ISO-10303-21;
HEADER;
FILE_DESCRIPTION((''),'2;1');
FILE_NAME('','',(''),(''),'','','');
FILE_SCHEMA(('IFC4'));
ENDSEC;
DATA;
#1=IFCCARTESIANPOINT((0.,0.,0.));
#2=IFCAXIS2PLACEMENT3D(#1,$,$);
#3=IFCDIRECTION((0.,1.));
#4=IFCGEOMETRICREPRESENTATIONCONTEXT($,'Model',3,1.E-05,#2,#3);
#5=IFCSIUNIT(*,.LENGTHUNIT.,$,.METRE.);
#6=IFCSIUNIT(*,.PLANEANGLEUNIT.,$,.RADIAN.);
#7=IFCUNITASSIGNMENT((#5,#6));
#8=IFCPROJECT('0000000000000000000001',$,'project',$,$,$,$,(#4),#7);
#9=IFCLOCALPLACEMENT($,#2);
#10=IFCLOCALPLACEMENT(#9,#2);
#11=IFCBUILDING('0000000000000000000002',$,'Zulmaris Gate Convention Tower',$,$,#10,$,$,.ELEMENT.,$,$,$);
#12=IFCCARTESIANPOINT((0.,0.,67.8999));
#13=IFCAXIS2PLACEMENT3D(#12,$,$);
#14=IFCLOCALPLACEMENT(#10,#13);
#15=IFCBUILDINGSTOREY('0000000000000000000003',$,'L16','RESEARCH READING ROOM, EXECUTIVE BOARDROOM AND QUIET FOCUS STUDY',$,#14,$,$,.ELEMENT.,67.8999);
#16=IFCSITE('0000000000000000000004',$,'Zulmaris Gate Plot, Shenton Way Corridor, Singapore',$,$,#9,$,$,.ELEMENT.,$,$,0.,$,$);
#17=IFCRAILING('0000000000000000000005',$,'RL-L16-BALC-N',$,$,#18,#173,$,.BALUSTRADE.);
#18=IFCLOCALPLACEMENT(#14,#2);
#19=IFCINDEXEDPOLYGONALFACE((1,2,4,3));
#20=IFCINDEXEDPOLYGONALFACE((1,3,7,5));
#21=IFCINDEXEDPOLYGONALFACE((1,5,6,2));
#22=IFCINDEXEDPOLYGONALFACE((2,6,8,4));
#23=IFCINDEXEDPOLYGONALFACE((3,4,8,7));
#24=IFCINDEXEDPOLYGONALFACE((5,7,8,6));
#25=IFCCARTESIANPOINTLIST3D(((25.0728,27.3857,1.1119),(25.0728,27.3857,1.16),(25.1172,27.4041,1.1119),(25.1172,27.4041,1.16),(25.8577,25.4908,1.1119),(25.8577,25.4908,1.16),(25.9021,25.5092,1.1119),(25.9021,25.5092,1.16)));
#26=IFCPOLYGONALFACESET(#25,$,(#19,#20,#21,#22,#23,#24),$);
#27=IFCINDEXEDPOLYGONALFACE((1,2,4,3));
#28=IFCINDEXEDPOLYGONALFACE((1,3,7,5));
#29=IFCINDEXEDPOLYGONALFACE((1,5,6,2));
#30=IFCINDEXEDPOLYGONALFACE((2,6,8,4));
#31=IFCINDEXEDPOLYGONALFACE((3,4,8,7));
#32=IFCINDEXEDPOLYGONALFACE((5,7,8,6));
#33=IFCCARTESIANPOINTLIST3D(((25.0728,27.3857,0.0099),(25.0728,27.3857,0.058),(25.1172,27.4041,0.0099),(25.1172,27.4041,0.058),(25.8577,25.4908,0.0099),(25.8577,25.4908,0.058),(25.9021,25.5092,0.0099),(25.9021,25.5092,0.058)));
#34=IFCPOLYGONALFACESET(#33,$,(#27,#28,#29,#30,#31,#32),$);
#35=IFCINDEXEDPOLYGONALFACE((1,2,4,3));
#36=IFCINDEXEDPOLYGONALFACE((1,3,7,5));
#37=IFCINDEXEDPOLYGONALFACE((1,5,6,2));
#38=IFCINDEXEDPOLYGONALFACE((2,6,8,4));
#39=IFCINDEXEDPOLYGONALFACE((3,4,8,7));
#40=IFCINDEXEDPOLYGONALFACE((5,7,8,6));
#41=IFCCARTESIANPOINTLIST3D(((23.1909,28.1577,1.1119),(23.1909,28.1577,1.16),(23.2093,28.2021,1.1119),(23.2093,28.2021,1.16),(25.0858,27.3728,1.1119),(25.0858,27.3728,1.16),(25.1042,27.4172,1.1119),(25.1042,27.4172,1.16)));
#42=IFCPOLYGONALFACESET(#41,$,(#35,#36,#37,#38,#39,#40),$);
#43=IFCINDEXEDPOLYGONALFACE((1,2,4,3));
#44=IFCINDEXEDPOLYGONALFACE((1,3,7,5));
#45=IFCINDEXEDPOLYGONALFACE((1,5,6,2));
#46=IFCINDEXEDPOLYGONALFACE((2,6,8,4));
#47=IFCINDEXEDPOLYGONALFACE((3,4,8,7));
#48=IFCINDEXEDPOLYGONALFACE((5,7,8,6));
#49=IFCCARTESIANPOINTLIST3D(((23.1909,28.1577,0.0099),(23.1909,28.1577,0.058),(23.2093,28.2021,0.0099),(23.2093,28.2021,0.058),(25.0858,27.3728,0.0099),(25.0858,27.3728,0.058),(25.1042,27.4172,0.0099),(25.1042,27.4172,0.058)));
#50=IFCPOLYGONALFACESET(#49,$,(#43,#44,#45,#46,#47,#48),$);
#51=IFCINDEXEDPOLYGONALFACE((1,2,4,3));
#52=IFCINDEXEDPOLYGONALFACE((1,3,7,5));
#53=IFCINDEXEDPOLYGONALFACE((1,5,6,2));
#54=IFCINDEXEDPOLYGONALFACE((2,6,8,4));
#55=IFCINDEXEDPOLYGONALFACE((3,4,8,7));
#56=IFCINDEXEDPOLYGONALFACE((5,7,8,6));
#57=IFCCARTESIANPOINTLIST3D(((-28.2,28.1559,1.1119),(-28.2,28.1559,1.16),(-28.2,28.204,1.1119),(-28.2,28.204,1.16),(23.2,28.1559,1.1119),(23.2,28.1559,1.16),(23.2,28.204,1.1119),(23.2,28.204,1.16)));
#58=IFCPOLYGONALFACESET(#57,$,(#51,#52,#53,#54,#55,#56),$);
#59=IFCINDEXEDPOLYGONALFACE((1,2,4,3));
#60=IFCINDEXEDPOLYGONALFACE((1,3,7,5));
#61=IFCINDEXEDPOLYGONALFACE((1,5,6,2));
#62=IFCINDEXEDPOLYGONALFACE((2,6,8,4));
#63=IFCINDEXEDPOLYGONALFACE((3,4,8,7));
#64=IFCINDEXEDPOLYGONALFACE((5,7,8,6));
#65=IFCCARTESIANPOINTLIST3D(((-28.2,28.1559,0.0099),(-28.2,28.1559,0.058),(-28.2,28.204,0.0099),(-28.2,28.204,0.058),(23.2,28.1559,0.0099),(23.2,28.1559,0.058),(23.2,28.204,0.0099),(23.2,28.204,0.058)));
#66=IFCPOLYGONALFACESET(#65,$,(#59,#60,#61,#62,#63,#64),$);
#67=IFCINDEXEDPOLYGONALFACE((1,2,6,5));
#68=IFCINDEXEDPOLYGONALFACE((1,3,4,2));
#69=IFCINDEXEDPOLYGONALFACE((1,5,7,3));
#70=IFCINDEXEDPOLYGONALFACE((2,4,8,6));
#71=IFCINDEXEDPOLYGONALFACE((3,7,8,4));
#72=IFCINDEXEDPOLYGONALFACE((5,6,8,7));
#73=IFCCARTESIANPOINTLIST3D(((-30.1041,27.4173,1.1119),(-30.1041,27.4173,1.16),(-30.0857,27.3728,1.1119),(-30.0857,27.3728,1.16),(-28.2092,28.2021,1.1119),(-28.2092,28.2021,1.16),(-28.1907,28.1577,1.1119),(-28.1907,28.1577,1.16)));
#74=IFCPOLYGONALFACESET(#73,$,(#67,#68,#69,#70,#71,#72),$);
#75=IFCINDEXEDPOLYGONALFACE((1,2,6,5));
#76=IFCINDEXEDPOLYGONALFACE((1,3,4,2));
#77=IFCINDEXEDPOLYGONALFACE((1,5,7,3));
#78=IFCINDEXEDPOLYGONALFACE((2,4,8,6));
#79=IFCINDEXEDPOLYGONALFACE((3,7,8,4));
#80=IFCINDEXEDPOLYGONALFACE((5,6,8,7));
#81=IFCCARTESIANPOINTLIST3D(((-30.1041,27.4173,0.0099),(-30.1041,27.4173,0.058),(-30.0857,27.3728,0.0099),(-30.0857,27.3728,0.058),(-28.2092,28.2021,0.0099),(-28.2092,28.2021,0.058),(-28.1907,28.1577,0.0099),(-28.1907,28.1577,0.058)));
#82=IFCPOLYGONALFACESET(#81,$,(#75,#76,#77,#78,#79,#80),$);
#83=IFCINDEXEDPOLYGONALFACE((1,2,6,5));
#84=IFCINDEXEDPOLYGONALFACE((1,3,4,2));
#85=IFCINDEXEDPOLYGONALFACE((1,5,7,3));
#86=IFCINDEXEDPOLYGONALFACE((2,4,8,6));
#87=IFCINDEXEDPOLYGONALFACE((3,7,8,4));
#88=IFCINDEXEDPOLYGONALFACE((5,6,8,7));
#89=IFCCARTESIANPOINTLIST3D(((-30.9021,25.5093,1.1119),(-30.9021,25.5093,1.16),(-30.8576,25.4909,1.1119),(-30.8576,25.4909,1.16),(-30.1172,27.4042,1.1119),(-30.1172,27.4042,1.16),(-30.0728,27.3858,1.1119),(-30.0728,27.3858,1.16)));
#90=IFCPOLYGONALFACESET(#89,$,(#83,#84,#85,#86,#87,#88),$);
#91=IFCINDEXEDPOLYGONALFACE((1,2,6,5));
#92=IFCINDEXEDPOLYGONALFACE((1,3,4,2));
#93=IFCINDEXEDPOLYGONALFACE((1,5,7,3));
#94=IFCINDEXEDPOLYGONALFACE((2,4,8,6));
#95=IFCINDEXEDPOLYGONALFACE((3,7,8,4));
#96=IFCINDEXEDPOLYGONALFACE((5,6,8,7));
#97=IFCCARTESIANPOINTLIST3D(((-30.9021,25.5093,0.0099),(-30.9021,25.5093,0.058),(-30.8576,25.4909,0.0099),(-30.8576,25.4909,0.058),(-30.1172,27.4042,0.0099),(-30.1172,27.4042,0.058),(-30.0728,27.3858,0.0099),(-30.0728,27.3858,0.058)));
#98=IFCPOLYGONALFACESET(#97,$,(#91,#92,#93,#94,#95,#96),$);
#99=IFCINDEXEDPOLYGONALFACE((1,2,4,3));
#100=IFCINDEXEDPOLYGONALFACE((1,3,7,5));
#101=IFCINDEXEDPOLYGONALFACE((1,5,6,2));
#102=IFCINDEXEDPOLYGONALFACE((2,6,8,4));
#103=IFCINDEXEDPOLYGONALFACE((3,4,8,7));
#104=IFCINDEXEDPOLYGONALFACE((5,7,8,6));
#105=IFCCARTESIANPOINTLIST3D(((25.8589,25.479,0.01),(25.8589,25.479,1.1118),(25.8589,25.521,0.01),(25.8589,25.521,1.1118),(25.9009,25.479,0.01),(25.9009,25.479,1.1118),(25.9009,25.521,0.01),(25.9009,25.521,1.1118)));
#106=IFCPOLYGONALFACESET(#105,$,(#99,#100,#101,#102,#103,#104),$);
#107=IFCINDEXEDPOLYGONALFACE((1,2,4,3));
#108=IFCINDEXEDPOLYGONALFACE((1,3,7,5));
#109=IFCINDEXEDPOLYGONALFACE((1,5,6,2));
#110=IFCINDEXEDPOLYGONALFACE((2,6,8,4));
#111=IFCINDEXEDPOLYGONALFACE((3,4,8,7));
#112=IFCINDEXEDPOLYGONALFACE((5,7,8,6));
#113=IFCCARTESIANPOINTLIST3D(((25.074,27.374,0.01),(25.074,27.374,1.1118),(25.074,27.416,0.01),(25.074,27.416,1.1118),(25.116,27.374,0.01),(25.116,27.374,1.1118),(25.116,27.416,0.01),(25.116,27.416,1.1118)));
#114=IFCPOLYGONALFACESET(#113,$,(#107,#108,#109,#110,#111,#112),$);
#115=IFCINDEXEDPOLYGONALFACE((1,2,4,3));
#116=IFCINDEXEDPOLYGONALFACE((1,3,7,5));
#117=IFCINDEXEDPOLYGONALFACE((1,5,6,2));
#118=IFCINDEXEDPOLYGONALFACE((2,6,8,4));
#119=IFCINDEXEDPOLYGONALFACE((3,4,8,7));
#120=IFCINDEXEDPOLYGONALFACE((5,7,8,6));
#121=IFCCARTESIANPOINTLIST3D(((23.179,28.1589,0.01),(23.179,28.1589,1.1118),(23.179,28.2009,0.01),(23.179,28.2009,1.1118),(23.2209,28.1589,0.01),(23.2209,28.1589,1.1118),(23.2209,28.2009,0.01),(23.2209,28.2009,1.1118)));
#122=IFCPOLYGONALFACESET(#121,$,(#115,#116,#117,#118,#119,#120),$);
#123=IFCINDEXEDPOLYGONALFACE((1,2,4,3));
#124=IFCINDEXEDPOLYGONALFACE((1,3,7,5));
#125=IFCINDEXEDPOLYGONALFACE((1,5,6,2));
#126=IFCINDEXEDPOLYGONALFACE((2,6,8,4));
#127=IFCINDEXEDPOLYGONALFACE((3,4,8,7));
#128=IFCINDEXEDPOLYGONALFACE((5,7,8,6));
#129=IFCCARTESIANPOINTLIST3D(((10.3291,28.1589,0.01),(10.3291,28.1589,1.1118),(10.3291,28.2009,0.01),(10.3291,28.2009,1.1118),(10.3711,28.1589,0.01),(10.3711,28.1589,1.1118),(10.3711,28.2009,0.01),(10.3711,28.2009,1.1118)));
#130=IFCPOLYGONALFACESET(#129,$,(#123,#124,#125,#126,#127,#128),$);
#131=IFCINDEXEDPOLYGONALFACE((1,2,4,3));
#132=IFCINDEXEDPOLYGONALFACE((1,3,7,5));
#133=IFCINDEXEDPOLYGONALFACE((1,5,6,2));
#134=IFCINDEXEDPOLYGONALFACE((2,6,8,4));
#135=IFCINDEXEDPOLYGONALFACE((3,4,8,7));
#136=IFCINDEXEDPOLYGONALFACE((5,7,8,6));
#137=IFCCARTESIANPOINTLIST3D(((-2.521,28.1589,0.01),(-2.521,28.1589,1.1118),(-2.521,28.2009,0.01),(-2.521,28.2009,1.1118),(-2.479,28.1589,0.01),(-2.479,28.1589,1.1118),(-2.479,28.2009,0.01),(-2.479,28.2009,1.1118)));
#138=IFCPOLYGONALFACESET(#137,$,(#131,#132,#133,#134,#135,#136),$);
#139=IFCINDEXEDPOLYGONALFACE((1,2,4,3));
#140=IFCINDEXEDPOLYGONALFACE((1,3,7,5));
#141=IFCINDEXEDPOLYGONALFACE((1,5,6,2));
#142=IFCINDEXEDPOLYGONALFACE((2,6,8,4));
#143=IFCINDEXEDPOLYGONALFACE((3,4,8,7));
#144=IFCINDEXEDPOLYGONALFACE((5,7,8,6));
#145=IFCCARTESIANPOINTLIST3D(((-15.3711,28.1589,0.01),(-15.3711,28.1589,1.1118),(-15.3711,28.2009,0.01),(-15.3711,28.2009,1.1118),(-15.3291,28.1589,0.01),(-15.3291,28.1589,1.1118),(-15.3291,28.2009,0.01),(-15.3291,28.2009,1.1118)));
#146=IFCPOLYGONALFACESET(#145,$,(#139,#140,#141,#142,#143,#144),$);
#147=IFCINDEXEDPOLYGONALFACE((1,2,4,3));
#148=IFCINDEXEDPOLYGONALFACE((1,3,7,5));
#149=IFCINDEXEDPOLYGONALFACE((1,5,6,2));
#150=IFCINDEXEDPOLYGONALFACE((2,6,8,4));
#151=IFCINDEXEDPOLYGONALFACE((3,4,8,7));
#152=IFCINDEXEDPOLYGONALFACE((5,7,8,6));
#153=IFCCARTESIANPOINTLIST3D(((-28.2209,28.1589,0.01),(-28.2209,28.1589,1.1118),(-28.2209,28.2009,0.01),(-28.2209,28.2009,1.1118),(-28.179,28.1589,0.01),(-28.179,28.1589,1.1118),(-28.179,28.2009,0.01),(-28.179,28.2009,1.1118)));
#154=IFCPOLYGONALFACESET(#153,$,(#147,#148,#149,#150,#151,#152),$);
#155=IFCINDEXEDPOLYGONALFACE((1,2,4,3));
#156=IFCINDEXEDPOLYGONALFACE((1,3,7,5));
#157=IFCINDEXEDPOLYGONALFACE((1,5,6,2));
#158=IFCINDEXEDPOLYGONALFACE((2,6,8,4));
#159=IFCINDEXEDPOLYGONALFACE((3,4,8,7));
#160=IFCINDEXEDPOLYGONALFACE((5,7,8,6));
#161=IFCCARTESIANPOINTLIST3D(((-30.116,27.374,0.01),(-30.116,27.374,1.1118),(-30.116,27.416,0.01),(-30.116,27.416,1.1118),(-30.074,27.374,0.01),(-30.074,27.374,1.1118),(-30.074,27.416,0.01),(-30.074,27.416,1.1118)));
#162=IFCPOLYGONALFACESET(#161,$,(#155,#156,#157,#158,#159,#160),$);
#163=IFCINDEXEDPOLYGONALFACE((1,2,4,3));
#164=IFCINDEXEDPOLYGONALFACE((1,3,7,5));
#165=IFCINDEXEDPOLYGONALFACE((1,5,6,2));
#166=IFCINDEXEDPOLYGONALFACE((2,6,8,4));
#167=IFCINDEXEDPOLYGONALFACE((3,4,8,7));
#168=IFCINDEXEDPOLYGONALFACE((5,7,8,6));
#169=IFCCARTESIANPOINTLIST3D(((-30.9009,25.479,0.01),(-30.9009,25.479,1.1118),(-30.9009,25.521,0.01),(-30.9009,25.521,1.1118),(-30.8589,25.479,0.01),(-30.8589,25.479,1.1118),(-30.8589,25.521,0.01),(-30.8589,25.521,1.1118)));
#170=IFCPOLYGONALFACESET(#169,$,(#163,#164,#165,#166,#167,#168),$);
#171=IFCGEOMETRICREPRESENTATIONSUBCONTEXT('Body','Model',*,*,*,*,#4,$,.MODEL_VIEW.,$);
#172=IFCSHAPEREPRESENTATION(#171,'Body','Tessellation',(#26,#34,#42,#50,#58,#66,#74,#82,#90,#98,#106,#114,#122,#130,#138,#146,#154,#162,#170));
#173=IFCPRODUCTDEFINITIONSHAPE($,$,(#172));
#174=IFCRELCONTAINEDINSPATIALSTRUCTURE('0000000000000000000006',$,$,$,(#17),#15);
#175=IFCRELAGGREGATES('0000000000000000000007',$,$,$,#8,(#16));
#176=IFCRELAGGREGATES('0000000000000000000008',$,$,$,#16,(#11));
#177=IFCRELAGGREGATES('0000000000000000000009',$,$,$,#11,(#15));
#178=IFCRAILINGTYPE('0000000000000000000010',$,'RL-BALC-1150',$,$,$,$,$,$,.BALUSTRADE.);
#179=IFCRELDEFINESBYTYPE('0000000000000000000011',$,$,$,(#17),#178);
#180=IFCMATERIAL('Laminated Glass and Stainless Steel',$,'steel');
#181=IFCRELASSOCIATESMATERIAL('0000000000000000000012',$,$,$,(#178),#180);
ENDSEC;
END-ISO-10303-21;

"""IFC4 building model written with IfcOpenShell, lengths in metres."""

from ifc_helpers import new_model, si_unit, direction, frame, origin, origin_2d, place, context, subcontext, project, spatial, rectangle, extrude, material, type_object, element, save


model = new_model("IFC4")

# Units and contexts
model_context = context("Model", 3, precision=1e-05, world=origin(), true_north=direction((0.0, 1.0)))
body_context = subcontext(model_context, "Body", "Model", "MODEL_VIEW")
ifc_project = project(units=[si_unit("LENGTHUNIT", "METRE"), si_unit("PLANEANGLEUNIT", "RADIAN")], contexts=[model_context])

# Site, building, storey
site_placement = place(None, origin())
site = spatial("IfcSite", under=ifc_project, at=site_placement, Name="Zulmaris Gate Plot, Shenton Way Corridor, Singapore", CompositionType="ELEMENT", RefElevation=0.0)
building_placement = place(site_placement, origin())
building = spatial("IfcBuilding", under=site, at=building_placement, Name="Zulmaris Gate Convention Tower", CompositionType="ELEMENT")
storey_placement = place(building_placement, frame((0.0, 0.0, 67.8999)))
storey = spatial("IfcBuildingStorey", under=building, at=storey_placement, Name="L16", Description="RESEARCH READING ROOM, EXECUTIVE BOARDROOM AND QUIET FOCUS STUDY", CompositionType="ELEMENT", Elevation=67.8999)

# Railing
ifc_material_1 = material(Name="Laminated Glass and Stainless Steel", Category="steel")
railing_type = type_object("IfcRailingType", Name="RL-BALC-1150", PredefinedType="BALUSTRADE", material=ifc_material_1)
railing_placement = place(storey_placement, frame((25.8799, 25.5, 0.01)))
element("IfcRailing", 1, at=railing_placement, inside=storey, type_object=railing_type, Name="RL-L16-BALC-N", PredefinedType="BALUSTRADE", context=body_context, shape_type="SweptSolid", body=[
    extrude(rectangle(XDim=0.0481, YDim=0.0481, at=origin_2d()), frame((0.0, 0.0, 1.126), z_axis=(-0.382671, 0.923885, 0.0), x_axis=(-0.923885, -0.382671, 0.0)), (0.0, 0.0, 1.0), 2.051),
    extrude(rectangle(XDim=0.0481, YDim=0.0481, at=origin_2d()), frame((0.0, 0.0, 0.0239), z_axis=(-0.382671, 0.923885, 0.0), x_axis=(-0.923885, -0.382671, 0.0)), (0.0, 0.0, 1.0), 2.051),
    extrude(rectangle(XDim=0.0481, YDim=0.0481, at=origin_2d()), frame((-0.7849, 1.895, 1.126), z_axis=(-0.923885, 0.382671, 0.0), x_axis=(-0.382671, -0.923885, 0.0)), (0.0, 0.0, 1.0), 2.051),
    extrude(rectangle(XDim=0.0481, YDim=0.0481, at=origin_2d()), frame((-0.7849, 1.895, 0.0239), z_axis=(-0.923885, 0.382671, 0.0), x_axis=(-0.382671, -0.923885, 0.0)), (0.0, 0.0, 1.0), 2.051),
    extrude(rectangle(XDim=0.0481, YDim=0.0481, at=origin_2d()), frame((-2.6799, 2.6799, 1.126), z_axis=(-1.0, 0.0, 0.0), x_axis=(0.0, -1.0, 0.0)), (0.0, 0.0, 1.0), 51.3999),
    extrude(rectangle(XDim=0.0481, YDim=0.0481, at=origin_2d()), frame((-2.6799, 2.6799, 0.0239), z_axis=(-1.0, 0.0, 0.0), x_axis=(0.0, -1.0, 0.0)), (0.0, 0.0, 1.0), 51.3999),
    extrude(rectangle(XDim=0.0481, YDim=0.0481, at=origin_2d()), frame((-54.0798, 2.6799, 1.126), z_axis=(-0.923885, -0.382671, 0.0), x_axis=(0.382671, -0.923885, 0.0)), (0.0, 0.0, 1.0), 2.051),
    extrude(rectangle(XDim=0.0481, YDim=0.0481, at=origin_2d()), frame((-54.0798, 2.6799, 0.0239), z_axis=(-0.923885, -0.382671, 0.0), x_axis=(0.382671, -0.923885, 0.0)), (0.0, 0.0, 1.0), 2.051),
    extrude(rectangle(XDim=0.0481, YDim=0.0481, at=origin_2d()), frame((-55.9749, 1.895, 1.126), z_axis=(-0.382671, -0.923885, 0.0), x_axis=(0.923885, -0.382671, 0.0)), (0.0, 0.0, 1.0), 2.051),
    extrude(rectangle(XDim=0.0481, YDim=0.0481, at=origin_2d()), frame((-55.9749, 1.895, 0.0239), z_axis=(-0.382671, -0.923885, 0.0), x_axis=(0.923885, -0.382671, 0.0)), (0.0, 0.0, 1.0), 2.051),
    extrude(rectangle(XDim=0.042, YDim=0.042, at=origin_2d()), origin(), (0.0, 0.0, 1.0), 1.1018),
    extrude(rectangle(XDim=0.042, YDim=0.042, at=origin_2d()), frame((-0.7849, 1.895, 0.0)), (0.0, 0.0, 1.0), 1.1018),
    extrude(rectangle(XDim=0.042, YDim=0.042, at=origin_2d()), frame((-2.6799, 2.6799, 0.0)), (0.0, 0.0, 1.0), 1.1018),
    extrude(rectangle(XDim=0.042, YDim=0.042, at=origin_2d()), frame((-15.5298, 2.6799, 0.0)), (0.0, 0.0, 1.0), 1.1018),
    extrude(rectangle(XDim=0.042, YDim=0.042, at=origin_2d()), frame((-28.3799, 2.6799, 0.0)), (0.0, 0.0, 1.0), 1.1018),
    extrude(rectangle(XDim=0.042, YDim=0.042, at=origin_2d()), frame((-41.23, 2.6799, 0.0)), (0.0, 0.0, 1.0), 1.1018),
    extrude(rectangle(XDim=0.042, YDim=0.042, at=origin_2d()), frame((-54.0798, 2.6799, 0.0)), (0.0, 0.0, 1.0), 1.1018),
    extrude(rectangle(XDim=0.042, YDim=0.042, at=origin_2d()), frame((-55.9749, 1.895, 0.0)), (0.0, 0.0, 1.0), 1.1018),
    extrude(rectangle(XDim=0.042, YDim=0.042, at=origin_2d()), frame((-56.7598, 0.0, 0.0)), (0.0, 0.0, 1.0), 1.1018),
])

save(model, "model.ifc")
